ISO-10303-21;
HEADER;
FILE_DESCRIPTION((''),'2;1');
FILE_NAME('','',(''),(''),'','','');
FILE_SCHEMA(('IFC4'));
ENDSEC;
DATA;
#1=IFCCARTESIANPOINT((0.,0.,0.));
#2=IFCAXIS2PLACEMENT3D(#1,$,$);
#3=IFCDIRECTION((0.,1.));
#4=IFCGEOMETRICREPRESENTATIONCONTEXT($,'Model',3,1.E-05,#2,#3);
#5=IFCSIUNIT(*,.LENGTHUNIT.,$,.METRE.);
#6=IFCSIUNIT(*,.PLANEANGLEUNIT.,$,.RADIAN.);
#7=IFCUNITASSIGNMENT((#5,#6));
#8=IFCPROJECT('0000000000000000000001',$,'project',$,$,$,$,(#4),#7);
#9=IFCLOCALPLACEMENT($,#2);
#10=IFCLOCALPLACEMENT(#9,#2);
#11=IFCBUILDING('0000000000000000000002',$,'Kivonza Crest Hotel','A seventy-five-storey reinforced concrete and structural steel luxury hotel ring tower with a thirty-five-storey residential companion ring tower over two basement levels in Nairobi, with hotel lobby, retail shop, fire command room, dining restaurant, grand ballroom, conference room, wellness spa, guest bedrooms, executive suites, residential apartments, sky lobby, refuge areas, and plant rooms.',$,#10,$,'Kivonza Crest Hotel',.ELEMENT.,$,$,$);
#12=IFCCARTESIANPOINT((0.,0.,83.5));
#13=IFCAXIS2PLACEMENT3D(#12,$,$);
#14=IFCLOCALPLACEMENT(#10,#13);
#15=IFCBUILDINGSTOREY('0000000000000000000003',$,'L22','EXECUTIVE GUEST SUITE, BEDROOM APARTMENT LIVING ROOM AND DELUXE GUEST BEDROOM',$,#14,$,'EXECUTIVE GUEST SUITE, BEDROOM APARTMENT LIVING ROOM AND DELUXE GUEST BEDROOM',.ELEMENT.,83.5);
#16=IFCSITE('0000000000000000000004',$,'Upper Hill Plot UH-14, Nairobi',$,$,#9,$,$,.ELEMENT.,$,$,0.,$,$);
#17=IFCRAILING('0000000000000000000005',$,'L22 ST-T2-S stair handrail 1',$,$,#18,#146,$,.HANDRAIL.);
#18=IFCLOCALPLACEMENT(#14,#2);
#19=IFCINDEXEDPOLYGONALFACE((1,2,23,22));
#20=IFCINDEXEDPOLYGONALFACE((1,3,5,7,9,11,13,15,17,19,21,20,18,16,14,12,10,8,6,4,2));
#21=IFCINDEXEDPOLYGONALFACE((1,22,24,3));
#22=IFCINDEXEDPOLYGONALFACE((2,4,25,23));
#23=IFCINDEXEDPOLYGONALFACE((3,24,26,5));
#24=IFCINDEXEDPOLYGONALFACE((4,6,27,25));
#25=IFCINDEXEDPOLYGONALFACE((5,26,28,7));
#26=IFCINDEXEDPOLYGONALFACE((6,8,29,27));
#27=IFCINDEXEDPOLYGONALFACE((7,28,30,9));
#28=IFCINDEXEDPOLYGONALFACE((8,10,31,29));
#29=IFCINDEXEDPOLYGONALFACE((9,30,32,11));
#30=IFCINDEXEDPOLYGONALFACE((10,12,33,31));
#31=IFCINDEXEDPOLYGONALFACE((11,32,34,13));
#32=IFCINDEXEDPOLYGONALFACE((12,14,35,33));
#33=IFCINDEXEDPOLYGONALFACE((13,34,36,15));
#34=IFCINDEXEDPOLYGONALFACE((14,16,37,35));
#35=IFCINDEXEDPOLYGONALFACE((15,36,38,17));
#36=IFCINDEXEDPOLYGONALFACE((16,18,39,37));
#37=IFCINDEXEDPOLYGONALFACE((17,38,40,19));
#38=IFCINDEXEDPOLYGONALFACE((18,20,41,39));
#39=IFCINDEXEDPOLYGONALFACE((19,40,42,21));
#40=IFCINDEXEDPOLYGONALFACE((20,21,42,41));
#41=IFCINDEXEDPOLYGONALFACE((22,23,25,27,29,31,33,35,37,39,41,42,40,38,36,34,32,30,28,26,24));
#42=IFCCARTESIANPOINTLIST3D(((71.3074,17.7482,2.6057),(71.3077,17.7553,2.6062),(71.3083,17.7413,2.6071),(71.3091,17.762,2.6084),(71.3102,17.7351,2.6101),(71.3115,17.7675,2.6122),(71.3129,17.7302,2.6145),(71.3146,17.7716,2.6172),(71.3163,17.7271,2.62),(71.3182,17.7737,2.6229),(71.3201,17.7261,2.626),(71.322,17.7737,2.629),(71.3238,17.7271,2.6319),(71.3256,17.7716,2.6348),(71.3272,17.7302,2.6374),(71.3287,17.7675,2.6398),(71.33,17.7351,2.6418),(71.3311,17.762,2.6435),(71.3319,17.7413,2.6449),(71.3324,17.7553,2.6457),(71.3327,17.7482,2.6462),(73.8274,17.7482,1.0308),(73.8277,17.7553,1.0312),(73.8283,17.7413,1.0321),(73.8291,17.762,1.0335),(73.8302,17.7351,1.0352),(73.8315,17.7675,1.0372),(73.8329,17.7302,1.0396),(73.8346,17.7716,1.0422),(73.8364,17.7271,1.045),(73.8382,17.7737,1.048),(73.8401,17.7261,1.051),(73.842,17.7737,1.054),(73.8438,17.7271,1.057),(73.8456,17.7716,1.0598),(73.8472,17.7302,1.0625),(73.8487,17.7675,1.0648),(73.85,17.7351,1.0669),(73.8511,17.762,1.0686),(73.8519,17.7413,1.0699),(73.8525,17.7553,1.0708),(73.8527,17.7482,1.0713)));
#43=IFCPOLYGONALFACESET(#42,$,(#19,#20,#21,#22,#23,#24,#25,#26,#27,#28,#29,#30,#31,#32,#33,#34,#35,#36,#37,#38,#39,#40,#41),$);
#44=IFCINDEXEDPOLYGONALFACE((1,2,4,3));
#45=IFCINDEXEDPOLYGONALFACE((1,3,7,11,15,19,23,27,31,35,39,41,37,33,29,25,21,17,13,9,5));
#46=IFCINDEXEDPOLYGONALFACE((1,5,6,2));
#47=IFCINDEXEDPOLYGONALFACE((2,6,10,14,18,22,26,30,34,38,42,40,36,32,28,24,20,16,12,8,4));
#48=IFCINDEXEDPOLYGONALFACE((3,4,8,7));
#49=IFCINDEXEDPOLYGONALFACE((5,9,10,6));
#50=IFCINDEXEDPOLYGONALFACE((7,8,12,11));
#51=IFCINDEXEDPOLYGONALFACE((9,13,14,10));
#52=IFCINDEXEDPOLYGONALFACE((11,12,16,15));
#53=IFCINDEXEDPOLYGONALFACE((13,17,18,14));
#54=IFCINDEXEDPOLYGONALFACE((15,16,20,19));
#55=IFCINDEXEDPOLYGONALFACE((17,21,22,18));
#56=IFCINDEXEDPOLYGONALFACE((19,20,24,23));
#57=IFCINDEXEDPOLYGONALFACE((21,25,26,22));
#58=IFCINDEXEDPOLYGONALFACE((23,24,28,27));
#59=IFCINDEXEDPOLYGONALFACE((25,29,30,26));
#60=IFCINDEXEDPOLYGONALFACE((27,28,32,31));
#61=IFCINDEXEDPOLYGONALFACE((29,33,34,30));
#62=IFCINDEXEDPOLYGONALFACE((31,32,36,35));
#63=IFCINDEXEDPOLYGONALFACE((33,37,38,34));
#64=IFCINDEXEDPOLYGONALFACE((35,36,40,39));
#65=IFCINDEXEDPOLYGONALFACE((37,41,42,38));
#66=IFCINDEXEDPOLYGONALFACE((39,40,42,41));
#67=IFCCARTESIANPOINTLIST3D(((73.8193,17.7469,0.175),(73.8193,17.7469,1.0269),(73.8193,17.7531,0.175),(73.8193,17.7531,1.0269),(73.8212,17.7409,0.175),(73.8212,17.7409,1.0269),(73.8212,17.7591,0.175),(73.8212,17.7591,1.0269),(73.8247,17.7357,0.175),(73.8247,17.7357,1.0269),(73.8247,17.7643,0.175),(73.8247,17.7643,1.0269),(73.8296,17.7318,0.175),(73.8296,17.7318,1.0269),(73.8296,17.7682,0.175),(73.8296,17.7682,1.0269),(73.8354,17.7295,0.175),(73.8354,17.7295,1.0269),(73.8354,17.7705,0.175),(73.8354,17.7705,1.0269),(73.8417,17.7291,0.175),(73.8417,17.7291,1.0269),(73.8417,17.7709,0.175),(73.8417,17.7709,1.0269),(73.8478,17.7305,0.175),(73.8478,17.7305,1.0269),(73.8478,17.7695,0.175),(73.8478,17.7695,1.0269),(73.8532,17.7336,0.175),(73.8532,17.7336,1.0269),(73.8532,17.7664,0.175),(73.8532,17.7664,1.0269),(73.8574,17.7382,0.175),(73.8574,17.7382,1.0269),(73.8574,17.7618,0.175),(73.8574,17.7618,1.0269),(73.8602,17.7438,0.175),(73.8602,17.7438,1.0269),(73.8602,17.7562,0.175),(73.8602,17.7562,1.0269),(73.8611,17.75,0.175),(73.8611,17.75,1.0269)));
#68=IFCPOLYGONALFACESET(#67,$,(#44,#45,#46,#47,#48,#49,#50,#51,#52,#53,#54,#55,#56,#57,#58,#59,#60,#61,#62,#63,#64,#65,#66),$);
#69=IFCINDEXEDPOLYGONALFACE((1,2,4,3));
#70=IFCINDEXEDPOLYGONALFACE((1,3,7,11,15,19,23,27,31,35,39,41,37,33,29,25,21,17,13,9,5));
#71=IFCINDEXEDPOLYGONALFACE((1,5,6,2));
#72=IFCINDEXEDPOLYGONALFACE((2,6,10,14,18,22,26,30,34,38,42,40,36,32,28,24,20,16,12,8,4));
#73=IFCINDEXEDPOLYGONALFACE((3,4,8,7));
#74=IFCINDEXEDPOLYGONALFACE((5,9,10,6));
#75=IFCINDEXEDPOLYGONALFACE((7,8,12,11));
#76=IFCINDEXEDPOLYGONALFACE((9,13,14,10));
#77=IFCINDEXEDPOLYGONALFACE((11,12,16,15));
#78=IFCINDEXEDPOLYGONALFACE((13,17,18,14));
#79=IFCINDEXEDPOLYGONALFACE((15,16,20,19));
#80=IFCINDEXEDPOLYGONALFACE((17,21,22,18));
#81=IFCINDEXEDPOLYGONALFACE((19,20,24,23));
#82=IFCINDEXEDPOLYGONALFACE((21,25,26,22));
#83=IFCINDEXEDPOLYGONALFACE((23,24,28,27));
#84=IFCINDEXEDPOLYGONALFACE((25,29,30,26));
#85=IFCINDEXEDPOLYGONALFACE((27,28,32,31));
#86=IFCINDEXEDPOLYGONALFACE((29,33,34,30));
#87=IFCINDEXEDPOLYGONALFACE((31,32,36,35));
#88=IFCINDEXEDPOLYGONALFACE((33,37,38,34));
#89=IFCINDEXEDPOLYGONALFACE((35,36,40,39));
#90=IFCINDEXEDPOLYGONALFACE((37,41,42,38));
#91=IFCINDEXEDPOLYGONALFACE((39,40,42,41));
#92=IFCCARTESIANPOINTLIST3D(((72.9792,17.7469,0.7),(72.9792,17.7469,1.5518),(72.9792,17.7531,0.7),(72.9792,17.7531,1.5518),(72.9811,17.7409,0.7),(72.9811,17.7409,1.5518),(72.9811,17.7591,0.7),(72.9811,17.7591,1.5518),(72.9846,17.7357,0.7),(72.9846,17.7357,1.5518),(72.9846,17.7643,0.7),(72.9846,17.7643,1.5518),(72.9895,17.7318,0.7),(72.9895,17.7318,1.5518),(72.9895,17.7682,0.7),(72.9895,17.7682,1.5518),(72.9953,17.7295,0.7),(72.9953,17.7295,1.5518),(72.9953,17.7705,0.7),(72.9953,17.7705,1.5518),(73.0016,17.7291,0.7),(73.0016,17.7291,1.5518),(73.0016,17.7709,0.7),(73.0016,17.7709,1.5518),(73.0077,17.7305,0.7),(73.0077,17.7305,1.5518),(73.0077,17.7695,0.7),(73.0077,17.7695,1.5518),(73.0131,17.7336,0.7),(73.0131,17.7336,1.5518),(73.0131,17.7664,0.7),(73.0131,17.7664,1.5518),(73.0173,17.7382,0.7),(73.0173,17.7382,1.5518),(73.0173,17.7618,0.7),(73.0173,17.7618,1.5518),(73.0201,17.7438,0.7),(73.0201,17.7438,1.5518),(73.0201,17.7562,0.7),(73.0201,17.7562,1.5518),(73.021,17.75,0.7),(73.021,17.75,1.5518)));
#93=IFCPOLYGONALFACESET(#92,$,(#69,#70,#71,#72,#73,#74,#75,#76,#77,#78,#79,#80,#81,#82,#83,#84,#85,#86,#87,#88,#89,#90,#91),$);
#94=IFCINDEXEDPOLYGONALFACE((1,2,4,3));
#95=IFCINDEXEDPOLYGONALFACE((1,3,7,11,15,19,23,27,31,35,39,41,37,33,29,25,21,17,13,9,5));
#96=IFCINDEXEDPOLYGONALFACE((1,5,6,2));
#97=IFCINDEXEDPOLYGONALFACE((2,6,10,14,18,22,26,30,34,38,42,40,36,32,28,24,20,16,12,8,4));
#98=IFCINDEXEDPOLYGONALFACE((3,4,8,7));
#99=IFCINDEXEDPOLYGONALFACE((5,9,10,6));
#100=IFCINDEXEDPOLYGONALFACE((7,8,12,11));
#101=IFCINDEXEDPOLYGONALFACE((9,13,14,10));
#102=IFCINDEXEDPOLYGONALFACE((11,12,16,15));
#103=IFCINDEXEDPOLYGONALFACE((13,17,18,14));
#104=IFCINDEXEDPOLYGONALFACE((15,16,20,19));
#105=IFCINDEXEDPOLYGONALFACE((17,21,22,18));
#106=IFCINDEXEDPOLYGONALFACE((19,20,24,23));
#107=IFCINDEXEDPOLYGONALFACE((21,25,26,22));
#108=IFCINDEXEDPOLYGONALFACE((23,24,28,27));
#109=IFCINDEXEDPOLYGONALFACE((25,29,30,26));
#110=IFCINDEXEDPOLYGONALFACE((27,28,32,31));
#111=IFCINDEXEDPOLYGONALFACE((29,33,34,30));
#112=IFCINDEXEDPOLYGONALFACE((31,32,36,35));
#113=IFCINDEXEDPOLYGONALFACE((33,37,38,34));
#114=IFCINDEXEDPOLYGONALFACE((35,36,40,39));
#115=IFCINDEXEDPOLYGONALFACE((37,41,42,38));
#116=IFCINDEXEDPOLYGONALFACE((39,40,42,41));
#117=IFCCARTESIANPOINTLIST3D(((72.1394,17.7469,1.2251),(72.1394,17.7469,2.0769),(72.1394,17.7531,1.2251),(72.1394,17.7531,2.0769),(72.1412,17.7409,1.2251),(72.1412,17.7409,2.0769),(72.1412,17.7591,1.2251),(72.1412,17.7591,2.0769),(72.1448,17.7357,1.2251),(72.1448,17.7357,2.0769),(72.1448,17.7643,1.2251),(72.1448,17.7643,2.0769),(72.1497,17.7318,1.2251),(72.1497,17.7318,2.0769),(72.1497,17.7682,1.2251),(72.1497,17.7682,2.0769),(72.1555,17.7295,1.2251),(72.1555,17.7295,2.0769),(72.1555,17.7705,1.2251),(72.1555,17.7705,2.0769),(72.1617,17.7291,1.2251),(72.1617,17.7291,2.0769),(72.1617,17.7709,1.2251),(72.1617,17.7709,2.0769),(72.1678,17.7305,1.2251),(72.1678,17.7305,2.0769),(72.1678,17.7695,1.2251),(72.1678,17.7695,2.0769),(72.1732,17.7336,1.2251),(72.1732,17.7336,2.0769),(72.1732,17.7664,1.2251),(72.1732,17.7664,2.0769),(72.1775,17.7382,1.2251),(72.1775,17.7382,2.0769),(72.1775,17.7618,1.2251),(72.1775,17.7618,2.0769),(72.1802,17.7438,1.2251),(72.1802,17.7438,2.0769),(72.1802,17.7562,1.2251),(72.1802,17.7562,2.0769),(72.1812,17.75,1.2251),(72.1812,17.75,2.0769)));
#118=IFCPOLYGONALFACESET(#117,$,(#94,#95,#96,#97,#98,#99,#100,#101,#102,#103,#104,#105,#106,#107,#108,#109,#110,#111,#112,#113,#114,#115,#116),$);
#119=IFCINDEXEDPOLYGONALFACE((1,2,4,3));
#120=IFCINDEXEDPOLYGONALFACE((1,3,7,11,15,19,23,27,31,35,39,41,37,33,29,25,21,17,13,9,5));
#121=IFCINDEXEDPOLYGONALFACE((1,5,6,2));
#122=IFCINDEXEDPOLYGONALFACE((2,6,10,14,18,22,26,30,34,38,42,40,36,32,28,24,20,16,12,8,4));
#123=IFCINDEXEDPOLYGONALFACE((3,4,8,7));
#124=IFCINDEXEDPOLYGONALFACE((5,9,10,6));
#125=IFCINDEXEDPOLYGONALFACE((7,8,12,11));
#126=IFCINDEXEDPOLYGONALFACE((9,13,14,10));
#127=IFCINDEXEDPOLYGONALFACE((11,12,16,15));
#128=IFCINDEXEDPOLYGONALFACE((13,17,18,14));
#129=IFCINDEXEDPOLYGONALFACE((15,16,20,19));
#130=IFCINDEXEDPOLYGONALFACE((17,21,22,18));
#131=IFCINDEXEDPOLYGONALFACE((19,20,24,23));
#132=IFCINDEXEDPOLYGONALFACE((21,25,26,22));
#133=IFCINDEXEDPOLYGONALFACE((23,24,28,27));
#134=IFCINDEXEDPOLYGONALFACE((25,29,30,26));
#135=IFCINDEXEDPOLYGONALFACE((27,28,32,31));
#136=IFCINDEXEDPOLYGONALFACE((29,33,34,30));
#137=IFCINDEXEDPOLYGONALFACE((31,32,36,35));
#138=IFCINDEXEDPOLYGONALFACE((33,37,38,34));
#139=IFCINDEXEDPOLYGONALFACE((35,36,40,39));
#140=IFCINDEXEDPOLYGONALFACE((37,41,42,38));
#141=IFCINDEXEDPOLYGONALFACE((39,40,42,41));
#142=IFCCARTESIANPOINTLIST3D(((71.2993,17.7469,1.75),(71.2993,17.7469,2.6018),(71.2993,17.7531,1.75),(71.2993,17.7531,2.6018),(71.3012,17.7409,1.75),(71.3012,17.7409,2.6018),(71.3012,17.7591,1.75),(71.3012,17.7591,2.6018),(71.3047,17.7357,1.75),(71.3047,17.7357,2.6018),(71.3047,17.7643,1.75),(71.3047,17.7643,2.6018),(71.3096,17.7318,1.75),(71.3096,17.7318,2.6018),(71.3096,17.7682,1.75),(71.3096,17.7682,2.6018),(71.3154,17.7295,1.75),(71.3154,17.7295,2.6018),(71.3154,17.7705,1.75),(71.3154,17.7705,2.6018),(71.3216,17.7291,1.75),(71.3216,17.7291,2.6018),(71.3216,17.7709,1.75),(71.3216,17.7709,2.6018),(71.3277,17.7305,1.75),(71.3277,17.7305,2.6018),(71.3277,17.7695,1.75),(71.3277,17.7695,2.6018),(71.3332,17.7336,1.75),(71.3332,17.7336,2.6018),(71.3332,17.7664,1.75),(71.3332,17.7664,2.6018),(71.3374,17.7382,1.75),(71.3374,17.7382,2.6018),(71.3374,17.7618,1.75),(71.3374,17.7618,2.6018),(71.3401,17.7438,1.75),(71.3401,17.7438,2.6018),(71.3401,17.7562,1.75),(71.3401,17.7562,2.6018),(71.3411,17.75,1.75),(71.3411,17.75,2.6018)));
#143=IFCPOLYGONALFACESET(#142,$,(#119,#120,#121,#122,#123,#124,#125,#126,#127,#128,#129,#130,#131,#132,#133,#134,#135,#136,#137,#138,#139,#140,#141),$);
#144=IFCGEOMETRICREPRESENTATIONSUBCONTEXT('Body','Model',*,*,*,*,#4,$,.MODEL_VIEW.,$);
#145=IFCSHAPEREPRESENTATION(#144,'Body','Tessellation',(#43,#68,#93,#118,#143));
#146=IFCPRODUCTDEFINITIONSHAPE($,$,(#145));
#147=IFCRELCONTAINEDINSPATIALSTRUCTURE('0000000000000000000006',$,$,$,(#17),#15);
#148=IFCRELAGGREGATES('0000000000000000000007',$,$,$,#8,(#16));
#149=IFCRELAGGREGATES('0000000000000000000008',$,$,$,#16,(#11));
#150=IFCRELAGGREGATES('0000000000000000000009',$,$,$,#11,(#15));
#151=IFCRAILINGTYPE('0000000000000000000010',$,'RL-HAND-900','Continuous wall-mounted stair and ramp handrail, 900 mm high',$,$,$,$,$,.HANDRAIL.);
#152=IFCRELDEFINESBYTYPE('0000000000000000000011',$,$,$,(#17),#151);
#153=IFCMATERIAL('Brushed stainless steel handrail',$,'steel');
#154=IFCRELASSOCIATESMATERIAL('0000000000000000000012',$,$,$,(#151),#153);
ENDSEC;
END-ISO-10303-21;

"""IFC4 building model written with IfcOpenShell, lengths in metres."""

from ifc_helpers import new_model, si_unit, direction, frame, origin, origin_2d, place, context, subcontext, project, spatial, circle, extrude, material, type_object, element, save


model = new_model("IFC4")

# Units and contexts
model_context = context("Model", 3, precision=1e-05, world=origin(), true_north=direction((0.0, 1.0)))
body_context = subcontext(model_context, "Body", "Model", "MODEL_VIEW")
ifc_project = project(units=[si_unit("LENGTHUNIT", "METRE"), si_unit("PLANEANGLEUNIT", "RADIAN")], contexts=[model_context])

# Site, building, storey
site_placement = place(None, origin())
site = spatial("IfcSite", under=ifc_project, at=site_placement, Name="Upper Hill Plot UH-14, Nairobi", CompositionType="ELEMENT", RefElevation=0.0)
building_placement = place(site_placement, origin())
building = spatial("IfcBuilding", under=site, at=building_placement, Name="Kivonza Crest Hotel", Description="A seventy-five-storey reinforced concrete and structural steel luxury hotel ring tower with a thirty-five-storey residential companion ring tower over two basement levels in Nairobi, with hotel lobby, retail shop, fire command room, dining restaurant, grand ballroom, conference room, wellness spa, guest bedrooms, executive suites, residential apartments, sky lobby, refuge areas, and plant rooms.", LongName="Kivonza Crest Hotel", CompositionType="ELEMENT")
storey_placement = place(building_placement, frame((0.0, 0.0, 83.5)))
storey = spatial("IfcBuildingStorey", under=building, at=storey_placement, Name="L22", Description="EXECUTIVE GUEST SUITE, BEDROOM APARTMENT LIVING ROOM AND DELUXE GUEST BEDROOM", LongName="EXECUTIVE GUEST SUITE, BEDROOM APARTMENT LIVING ROOM AND DELUXE GUEST BEDROOM", CompositionType="ELEMENT", Elevation=83.5)

# Railing
ifc_material_1 = material(Name="Brushed stainless steel handrail", Category="steel")
railing_type_1 = type_object("IfcRailingType", Name="RL-HAND-900", Description="Continuous wall-mounted stair and ramp handrail, 900 mm high", PredefinedType="HANDRAIL", material=ifc_material_1)
railing_1_placement = place(storey_placement, frame((73.8401, 17.75, 0.175)))
element("IfcRailing", 1, at=railing_1_placement, inside=storey, type_object=railing_type_1, Name="L22 ST-T2-S stair handrail 1", PredefinedType="HANDRAIL", context=body_context, shape_type="SweptSolid", body=[
    extrude(circle(Radius=0.0239, at=origin_2d()), frame((0.0, 0.0, 0.876), z_axis=(-0.848008, 0.0, 0.529984), x_axis=(0.0, -1.0, 0.0)), (0.0, 0.0, 1.0), 2.9717),
    extrude(circle(Radius=0.021, at=origin_2d()), origin(), (0.0, 0.0, 1.0), 0.8518),
    extrude(circle(Radius=0.021, at=origin_2d()), frame((-0.8401, 0.0, 0.5249)), (0.0, 0.0, 1.0), 0.8518),
    extrude(circle(Radius=0.021, at=origin_2d()), frame((-1.6799, 0.0, 1.05)), (0.0, 0.0, 1.0), 0.8518),
    extrude(circle(Radius=0.021, at=origin_2d()), frame((-2.52, 0.0, 1.575)), (0.0, 0.0, 1.0), 0.8518),
])

save(model, "model.ifc")
